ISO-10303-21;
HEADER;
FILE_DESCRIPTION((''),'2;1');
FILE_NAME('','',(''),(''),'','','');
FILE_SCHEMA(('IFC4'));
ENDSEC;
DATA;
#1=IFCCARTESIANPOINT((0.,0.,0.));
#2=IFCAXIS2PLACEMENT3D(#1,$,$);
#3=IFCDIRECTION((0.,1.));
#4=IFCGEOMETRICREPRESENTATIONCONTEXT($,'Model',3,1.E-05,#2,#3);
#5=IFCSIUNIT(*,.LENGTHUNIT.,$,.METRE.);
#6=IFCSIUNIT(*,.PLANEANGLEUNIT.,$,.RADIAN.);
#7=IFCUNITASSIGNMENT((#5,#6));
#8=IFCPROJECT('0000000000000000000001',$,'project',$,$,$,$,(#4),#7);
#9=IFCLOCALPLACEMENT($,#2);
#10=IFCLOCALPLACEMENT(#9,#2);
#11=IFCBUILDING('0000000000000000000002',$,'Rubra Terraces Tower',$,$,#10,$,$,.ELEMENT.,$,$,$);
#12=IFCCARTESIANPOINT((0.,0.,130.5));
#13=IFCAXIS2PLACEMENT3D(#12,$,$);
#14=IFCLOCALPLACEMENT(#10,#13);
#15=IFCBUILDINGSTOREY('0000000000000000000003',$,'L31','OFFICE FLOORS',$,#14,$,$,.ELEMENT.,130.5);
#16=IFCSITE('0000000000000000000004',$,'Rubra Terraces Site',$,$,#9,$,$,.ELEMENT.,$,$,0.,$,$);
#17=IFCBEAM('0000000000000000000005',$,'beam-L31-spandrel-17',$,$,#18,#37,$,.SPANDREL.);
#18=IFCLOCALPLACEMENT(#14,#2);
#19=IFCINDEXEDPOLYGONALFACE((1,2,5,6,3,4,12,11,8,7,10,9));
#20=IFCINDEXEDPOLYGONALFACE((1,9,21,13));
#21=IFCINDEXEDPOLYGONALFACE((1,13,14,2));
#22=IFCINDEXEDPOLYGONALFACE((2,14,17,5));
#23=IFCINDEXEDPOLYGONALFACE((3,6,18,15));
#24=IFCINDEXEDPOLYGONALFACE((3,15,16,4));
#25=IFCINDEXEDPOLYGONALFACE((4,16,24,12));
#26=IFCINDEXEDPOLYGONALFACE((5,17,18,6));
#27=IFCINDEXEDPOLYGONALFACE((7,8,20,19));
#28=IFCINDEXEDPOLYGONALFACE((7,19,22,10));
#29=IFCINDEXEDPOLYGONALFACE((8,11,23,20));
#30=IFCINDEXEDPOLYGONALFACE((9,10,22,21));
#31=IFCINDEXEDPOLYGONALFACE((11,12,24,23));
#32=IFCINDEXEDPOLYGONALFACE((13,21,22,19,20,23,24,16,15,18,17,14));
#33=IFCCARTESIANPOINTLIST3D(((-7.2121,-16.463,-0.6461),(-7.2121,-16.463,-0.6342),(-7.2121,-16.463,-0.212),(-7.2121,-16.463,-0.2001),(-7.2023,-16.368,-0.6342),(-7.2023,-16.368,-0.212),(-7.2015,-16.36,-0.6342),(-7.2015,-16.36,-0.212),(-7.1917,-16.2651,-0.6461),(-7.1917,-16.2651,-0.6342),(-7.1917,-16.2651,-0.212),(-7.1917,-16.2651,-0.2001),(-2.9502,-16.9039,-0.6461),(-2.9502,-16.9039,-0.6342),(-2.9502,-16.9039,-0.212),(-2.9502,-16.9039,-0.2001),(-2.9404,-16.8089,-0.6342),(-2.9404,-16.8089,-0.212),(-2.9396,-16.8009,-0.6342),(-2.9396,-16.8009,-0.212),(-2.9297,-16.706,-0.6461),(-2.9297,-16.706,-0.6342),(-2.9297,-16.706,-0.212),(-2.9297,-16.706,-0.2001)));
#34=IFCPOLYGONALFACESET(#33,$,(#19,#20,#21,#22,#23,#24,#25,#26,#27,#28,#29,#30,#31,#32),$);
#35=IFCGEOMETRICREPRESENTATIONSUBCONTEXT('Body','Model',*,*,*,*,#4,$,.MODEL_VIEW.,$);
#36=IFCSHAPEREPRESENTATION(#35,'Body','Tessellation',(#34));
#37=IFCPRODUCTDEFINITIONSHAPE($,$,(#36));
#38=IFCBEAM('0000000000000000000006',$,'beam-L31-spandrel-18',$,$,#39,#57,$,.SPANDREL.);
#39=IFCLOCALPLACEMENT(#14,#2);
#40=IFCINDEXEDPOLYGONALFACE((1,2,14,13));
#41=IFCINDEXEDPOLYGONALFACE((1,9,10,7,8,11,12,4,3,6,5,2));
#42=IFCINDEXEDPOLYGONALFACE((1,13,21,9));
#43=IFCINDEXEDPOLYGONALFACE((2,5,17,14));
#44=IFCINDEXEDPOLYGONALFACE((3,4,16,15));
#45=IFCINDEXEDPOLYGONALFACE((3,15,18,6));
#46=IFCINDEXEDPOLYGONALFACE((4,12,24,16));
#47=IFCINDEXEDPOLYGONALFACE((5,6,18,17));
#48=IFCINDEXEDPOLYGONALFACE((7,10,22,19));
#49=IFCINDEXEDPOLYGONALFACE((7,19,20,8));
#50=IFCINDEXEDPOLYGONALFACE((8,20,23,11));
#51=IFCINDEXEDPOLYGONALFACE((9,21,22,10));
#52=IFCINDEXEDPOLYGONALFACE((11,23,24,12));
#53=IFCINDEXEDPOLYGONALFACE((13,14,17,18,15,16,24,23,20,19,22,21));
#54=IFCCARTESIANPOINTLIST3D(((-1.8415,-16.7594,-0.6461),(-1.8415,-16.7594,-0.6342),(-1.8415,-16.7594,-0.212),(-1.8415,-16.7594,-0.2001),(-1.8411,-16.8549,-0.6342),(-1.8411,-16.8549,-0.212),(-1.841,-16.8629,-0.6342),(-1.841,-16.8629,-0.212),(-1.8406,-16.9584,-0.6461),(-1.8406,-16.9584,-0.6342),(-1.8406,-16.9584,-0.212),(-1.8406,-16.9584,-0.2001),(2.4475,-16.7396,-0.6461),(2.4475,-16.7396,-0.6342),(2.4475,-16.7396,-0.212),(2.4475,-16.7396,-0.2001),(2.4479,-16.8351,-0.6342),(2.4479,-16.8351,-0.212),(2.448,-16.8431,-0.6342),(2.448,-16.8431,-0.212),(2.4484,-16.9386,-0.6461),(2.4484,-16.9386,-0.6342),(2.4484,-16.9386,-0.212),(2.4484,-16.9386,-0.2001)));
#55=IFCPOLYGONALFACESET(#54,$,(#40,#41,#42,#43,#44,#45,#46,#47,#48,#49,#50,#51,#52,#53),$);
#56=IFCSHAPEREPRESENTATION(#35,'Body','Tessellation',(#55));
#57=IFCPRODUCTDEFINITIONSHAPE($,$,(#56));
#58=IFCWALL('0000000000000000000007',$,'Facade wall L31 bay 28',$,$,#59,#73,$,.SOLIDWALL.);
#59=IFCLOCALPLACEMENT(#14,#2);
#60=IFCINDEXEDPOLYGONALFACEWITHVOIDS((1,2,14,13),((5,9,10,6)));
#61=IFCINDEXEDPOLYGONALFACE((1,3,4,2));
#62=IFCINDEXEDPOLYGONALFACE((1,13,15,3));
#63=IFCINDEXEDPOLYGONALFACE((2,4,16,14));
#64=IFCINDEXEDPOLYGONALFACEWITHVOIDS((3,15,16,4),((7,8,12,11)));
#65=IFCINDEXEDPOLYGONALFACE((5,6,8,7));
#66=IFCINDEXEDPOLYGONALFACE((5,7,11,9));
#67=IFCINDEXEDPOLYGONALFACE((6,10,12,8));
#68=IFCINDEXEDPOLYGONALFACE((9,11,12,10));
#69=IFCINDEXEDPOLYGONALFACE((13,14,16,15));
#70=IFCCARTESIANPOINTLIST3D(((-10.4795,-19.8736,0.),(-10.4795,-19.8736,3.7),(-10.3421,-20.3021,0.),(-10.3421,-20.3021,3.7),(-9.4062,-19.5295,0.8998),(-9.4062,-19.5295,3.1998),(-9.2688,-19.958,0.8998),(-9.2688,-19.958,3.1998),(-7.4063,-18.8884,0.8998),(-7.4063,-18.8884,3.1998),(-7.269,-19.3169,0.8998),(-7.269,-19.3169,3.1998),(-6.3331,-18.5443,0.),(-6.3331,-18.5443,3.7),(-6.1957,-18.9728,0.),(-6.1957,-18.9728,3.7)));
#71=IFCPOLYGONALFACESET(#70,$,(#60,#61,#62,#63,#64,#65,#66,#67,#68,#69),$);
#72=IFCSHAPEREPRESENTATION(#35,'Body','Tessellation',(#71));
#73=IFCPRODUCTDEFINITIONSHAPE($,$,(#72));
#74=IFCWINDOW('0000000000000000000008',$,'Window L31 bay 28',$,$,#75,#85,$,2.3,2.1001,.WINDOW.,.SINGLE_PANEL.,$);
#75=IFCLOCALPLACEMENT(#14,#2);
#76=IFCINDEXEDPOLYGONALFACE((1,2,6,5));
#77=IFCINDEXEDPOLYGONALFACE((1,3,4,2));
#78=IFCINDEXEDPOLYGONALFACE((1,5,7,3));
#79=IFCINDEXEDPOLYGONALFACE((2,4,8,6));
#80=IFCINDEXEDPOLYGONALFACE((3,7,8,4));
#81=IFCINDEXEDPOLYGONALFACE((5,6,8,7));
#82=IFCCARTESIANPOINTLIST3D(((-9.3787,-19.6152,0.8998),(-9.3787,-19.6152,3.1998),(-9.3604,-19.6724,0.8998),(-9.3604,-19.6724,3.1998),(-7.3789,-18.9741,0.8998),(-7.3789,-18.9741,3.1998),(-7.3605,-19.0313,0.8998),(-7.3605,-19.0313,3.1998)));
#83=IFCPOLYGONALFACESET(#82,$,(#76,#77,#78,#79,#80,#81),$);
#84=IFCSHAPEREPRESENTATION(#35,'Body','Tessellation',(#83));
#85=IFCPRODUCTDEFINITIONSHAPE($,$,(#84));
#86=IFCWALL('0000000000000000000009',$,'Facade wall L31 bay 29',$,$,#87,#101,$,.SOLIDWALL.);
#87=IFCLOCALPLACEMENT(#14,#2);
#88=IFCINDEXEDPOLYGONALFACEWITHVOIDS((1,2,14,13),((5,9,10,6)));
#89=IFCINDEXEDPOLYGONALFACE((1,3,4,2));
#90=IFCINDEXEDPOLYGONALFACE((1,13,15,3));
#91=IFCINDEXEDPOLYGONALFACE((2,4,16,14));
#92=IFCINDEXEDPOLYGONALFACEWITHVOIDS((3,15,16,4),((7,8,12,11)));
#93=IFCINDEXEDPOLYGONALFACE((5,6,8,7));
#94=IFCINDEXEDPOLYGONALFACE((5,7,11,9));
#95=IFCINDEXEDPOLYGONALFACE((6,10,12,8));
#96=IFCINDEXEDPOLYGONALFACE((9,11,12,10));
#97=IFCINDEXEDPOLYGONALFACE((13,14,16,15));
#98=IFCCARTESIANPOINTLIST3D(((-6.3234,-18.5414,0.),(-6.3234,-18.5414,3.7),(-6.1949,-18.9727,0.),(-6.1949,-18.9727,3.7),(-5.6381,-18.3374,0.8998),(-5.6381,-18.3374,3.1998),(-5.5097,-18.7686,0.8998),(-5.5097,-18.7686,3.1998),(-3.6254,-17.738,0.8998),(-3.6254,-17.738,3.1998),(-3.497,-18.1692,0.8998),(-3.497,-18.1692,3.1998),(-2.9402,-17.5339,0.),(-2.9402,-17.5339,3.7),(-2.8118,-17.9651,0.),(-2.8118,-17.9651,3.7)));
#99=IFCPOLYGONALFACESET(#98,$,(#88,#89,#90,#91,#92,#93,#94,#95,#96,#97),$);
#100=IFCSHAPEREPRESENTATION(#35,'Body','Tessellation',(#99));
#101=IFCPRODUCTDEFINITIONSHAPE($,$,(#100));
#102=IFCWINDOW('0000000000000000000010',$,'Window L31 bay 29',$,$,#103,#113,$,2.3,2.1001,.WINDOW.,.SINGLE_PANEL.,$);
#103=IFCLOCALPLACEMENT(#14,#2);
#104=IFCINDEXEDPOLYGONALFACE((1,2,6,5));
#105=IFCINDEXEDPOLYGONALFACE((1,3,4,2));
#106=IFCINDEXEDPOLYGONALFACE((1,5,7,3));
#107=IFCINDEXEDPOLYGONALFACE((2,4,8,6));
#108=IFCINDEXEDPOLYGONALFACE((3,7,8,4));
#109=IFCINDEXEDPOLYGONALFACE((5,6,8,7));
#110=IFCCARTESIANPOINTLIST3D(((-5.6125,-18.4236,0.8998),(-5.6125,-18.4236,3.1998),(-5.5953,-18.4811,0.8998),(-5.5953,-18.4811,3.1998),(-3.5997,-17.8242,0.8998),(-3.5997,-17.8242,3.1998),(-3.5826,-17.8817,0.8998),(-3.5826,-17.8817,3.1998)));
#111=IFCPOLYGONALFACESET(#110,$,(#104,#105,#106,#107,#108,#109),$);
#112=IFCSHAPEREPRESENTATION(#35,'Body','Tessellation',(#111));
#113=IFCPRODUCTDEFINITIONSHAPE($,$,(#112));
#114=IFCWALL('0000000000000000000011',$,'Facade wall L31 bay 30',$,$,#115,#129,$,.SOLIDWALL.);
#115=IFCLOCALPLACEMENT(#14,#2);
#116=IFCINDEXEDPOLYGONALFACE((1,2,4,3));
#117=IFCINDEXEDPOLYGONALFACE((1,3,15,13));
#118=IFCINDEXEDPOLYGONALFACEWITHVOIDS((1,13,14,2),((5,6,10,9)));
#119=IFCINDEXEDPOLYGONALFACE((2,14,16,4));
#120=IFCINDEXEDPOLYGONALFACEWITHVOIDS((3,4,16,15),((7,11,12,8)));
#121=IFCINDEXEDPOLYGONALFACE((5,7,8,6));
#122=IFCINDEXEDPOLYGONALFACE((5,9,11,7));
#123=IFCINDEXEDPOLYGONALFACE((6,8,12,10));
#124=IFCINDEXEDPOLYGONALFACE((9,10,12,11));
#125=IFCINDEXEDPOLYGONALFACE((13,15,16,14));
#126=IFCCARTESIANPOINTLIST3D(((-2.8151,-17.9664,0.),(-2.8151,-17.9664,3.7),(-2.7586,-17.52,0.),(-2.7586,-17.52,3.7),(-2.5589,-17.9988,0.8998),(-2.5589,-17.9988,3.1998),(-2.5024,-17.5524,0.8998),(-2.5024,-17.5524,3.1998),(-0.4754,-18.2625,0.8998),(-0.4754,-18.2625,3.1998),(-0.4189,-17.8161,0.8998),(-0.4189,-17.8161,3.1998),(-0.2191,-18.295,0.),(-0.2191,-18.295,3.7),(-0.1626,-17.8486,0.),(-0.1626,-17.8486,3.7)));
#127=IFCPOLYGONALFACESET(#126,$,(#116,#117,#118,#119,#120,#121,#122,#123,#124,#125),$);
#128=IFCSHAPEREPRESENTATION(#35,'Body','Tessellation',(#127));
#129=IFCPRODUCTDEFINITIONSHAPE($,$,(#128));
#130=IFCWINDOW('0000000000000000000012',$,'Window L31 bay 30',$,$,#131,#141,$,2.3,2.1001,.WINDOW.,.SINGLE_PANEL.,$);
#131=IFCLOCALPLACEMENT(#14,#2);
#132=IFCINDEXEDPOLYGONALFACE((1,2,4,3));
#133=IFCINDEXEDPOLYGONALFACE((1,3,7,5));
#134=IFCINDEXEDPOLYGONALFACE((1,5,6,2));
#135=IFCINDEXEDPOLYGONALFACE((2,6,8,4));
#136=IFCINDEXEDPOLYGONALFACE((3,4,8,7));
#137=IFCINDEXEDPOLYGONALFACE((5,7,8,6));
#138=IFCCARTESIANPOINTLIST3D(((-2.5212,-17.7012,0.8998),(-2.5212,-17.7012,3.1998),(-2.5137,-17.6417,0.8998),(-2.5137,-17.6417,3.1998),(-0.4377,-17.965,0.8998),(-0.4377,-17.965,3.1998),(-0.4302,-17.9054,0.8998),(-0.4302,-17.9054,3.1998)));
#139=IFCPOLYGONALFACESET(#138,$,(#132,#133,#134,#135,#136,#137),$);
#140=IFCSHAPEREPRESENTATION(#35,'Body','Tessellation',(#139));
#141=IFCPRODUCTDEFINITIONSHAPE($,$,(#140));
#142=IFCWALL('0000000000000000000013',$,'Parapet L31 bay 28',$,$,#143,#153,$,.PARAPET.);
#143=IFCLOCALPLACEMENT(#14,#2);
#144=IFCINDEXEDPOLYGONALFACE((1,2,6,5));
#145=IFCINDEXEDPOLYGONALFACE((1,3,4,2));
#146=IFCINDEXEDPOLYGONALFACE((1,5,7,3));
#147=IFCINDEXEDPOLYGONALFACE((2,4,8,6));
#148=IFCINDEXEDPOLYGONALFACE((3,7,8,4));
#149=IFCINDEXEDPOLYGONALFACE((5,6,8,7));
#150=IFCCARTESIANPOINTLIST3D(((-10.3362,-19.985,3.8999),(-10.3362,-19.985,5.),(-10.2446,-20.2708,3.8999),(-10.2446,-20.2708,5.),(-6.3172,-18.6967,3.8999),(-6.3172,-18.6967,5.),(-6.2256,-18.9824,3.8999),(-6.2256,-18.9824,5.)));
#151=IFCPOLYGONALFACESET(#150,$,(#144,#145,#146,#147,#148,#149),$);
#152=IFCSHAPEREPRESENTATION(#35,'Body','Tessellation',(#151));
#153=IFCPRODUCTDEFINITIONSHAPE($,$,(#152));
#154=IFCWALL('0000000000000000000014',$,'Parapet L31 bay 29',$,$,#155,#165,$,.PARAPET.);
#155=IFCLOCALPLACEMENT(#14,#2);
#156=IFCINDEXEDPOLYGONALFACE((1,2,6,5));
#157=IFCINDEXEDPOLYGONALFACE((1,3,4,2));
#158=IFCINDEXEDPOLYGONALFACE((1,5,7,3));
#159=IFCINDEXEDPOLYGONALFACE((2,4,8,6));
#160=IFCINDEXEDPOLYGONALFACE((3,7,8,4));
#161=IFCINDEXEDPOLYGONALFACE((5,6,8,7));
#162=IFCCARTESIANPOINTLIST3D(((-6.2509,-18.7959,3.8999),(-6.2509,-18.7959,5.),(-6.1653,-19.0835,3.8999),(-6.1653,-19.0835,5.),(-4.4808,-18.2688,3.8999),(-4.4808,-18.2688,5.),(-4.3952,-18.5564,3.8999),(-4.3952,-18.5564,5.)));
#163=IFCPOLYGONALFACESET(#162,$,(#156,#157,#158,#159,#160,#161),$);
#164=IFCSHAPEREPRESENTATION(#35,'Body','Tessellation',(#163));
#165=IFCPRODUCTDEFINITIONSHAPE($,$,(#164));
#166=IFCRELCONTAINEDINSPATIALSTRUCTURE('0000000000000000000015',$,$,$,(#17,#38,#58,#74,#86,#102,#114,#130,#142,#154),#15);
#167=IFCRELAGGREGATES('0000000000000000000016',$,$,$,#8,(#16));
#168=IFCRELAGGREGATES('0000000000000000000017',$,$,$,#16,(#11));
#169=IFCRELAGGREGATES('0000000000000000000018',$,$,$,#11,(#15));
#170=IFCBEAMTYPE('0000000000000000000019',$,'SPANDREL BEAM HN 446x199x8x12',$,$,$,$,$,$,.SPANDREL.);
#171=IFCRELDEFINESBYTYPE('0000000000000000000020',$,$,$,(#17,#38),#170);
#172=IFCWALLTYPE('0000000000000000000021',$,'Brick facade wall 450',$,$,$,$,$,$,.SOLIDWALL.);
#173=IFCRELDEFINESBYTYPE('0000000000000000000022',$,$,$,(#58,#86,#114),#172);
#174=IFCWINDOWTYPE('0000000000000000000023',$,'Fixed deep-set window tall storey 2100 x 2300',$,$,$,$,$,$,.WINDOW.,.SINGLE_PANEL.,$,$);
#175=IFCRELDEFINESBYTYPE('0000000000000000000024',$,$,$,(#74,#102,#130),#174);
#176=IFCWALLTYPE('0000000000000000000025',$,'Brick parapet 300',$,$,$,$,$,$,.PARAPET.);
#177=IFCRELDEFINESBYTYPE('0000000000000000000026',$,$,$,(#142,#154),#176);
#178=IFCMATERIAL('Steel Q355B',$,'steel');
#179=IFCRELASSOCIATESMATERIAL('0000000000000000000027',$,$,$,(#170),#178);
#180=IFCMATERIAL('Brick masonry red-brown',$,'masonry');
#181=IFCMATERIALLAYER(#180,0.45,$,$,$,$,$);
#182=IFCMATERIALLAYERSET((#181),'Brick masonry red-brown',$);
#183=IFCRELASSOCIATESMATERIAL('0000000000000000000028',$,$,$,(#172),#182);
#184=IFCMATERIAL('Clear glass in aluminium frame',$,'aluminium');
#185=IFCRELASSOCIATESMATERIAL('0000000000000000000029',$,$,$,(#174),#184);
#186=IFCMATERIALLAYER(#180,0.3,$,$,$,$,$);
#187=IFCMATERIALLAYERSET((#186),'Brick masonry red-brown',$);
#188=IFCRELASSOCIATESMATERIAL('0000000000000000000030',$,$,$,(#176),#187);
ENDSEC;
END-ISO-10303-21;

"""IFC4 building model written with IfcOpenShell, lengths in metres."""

from ifc_helpers import new_model, si_unit, direction, frame, frame_2d, origin, origin_2d, place, context, subcontext, project, spatial, rectangle, i_section, extrude, material, layer, layer_set, material_profile, profile_set, type_object, element, fill, save


model = new_model("IFC4")

# Units and contexts
model_context = context("Model", 3, precision=1e-05, world=origin(), true_north=direction((0.0, 1.0)))
body_context = subcontext(model_context, "Body", "Model", "MODEL_VIEW")
ifc_project = project(units=[si_unit("LENGTHUNIT", "METRE"), si_unit("PLANEANGLEUNIT", "RADIAN")], contexts=[model_context])

# Site, building, storey
site_placement = place(None, origin())
site = spatial("IfcSite", under=ifc_project, at=site_placement, Name="Rubra Terraces Site", CompositionType="ELEMENT", RefElevation=0.0)
building_placement = place(site_placement, origin())
building = spatial("IfcBuilding", under=site, at=building_placement, Name="Rubra Terraces Tower", CompositionType="ELEMENT")
storey_placement = place(building_placement, frame((0.0, 0.0, 130.5)))
storey = spatial("IfcBuildingStorey", under=building, at=storey_placement, Name="L31", Description="OFFICE FLOORS", CompositionType="ELEMENT", Elevation=130.5)

# Beams
ifc_material_1 = material(Name="Steel Q355B", Category="steel")
ifc_material_profile_1 = material_profile(ifc_material_1, i_section(OverallWidth=0.199, OverallDepth=0.446, WebThickness=0.0081, FlangeThickness=0.012, at=origin_2d()), Name="HN 446x199x8x12")
ifc_profile_set_1 = profile_set([ifc_material_profile_1], Name="Steel Q355B")
beam_type_1 = type_object("IfcBeamType", Name="SPANDREL BEAM HN 446x199x8x12", PredefinedType="SPANDREL", material=ifc_profile_set_1)
beam_1_placement = place(storey_placement, frame((-7.2019, -16.364, -0.4231), z_axis=(0.994691, -0.102905, 0.0), x_axis=(0.102905, 0.994691, 0.0)))
element("IfcBeam", 1, at=beam_1_placement, inside=storey, type_object=beam_type_1, Name="beam-L31-spandrel-17", PredefinedType="SPANDREL", context=body_context, shape_type="SweptSolid", body=[
    extrude(i_section(OverallWidth=0.199, OverallDepth=0.446, WebThickness=0.0081, FlangeThickness=0.012, at=origin_2d()), origin(), (0.0, 0.0, 1.0), 4.2847),
])
beam_2_placement = place(storey_placement, frame((-1.8411, -16.8589, -0.4231), z_axis=(0.999989, 0.004611, 0.0), x_axis=(-0.004611, 0.999989, 0.0)))
element("IfcBeam", 2, at=beam_2_placement, inside=storey, type_object=beam_type_1, Name="beam-L31-spandrel-18", PredefinedType="SPANDREL", context=body_context, shape_type="SweptSolid", body=[
    extrude(i_section(OverallWidth=0.199, OverallDepth=0.446, WebThickness=0.0081, FlangeThickness=0.012, at=origin_2d()), origin(), (0.0, 0.0, 1.0), 4.2891),
])

# Walls, openings, windows
ifc_material_2 = material(Name="Brick masonry red-brown", Category="masonry")
ifc_layer_1 = layer(ifc_material_2, 0.45)
ifc_layer_set_1 = layer_set([ifc_layer_1], Name="Brick masonry red-brown")
wall_type_1 = type_object("IfcWallType", Name="Brick facade wall 450", PredefinedType="SOLIDWALL", material=ifc_layer_set_1)
wall_1_placement = place(storey_placement, frame((-10.4109, -20.0879, 0.0), z_axis=(0.0, 0.0, 1.0), x_axis=(0.952259, 0.30529, 0.0)))
wall_1 = element("IfcWall", 3, at=wall_1_placement, inside=storey, type_object=wall_type_1, Name="Facade wall L31 bay 28", PredefinedType="SOLIDWALL", context=body_context, shape_type="SweptSolid", body=[
    extrude(rectangle(XDim=4.3542, YDim=0.45, at=frame_2d((2.1772, 0.0))), origin(), (0.0, 0.0, 1.0), 3.7),
])
opening_1_placement = place(wall_1_placement, frame((1.1272, 0.0, 0.8999)))
opening_1 = element("IfcOpeningElement", 4, at=opening_1_placement, cuts=wall_1, PredefinedType="OPENING", context=body_context, shape_type="SweptSolid", body=[
    extrude(rectangle(XDim=2.1001, YDim=2.3, at=frame_2d((1.05, 1.1499))), frame((0.0, 0.2349, 0.0), z_axis=(0.0, -1.0, 0.0), x_axis=(1.0, 0.0, 0.0)), (0.0, 0.0, 1.0), 0.47),
])
ifc_material_3 = material(Name="Clear glass in aluminium frame", Category="aluminium")
window_type = type_object("IfcWindowType", Name="Fixed deep-set window tall storey 2100 x 2300", PartitioningType="SINGLE_PANEL", PredefinedType="WINDOW", material=ifc_material_3)
window_1_placement = place(opening_1_placement, origin())
window_1 = element("IfcWindow", 5, at=window_1_placement, inside=storey, type_object=window_type, Name="Window L31 bay 28", OverallHeight=2.3, OverallWidth=2.1001, PartitioningType="SINGLE_PANEL", PredefinedType="WINDOW", context=body_context, shape_type="SweptSolid", body=[
    extrude(rectangle(XDim=2.1001, YDim=2.3, at=frame_2d((1.05, 1.1499))), frame((0.0, 0.135, 0.0), z_axis=(0.0, -1.0, 0.0), x_axis=(1.0, 0.0, 0.0)), (0.0, 0.0, 1.0), 0.0601),
])
fill(opening_1, window_1)
wall_2_placement = place(storey_placement, frame((-6.2593, -18.7571, 0.0), z_axis=(0.0, 0.0, 1.0), x_axis=(0.958403, 0.285418, 0.0)))
wall_2 = element("IfcWall", 6, at=wall_2_placement, inside=storey, type_object=wall_type_1, Name="Facade wall L31 bay 29", PredefinedType="SOLIDWALL", context=body_context, shape_type="SweptSolid", body=[
    extrude(rectangle(XDim=3.53, YDim=0.45, at=frame_2d((1.7651, 0.0))), origin(), (0.0, 0.0, 1.0), 3.7),
])
opening_2_placement = place(wall_2_placement, frame((0.7151, 0.0, 0.8999)))
opening_2 = element("IfcOpeningElement", 7, at=opening_2_placement, cuts=wall_2, PredefinedType="OPENING", context=body_context, shape_type="SweptSolid", body=[
    extrude(rectangle(XDim=2.1001, YDim=2.3, at=frame_2d((1.05, 1.1499))), frame((0.0, 0.2349, 0.0), z_axis=(0.0, -1.0, 0.0), x_axis=(1.0, 0.0, 0.0)), (0.0, 0.0, 1.0), 0.47),
])
window_2_placement = place(opening_2_placement, origin())
window_2 = element("IfcWindow", 8, at=window_2_placement, inside=storey, type_object=window_type, Name="Window L31 bay 29", OverallHeight=2.3, OverallWidth=2.1001, PartitioningType="SINGLE_PANEL", PredefinedType="WINDOW", context=body_context, shape_type="SweptSolid", body=[
    extrude(rectangle(XDim=2.1001, YDim=2.3, at=frame_2d((1.05, 1.1499))), frame((0.0, 0.135, 0.0), z_axis=(0.0, -1.0, 0.0), x_axis=(1.0, 0.0, 0.0)), (0.0, 0.0, 1.0), 0.0601),
])
fill(opening_2, window_2)
wall_3_placement = place(storey_placement, frame((-2.7869, -17.7432, 0.0), z_axis=(0.0, 0.0, 1.0), x_axis=(0.992083, -0.125585, 0.0)))
wall_3 = element("IfcWall", 9, at=wall_3_placement, inside=storey, type_object=wall_type_1, Name="Facade wall L31 bay 30", PredefinedType="SOLIDWALL", context=body_context, shape_type="SweptSolid", body=[
    extrude(rectangle(XDim=2.6167, YDim=0.45, at=frame_2d((1.3083, 0.0))), origin(), (0.0, 0.0, 1.0), 3.7),
])
opening_3_placement = place(wall_3_placement, frame((0.2583, 0.0, 0.8999)))
opening_3 = element("IfcOpeningElement", 10, at=opening_3_placement, cuts=wall_3, PredefinedType="OPENING", context=body_context, shape_type="SweptSolid", body=[
    extrude(rectangle(XDim=2.1001, YDim=2.3, at=frame_2d((1.05, 1.1499))), frame((0.0, 0.2349, 0.0), z_axis=(0.0, -1.0, 0.0), x_axis=(1.0, 0.0, 0.0)), (0.0, 0.0, 1.0), 0.47),
])
window_3_placement = place(opening_3_placement, origin())
window_3 = element("IfcWindow", 11, at=window_3_placement, inside=storey, type_object=window_type, Name="Window L31 bay 30", OverallHeight=2.3, OverallWidth=2.1001, PartitioningType="SINGLE_PANEL", PredefinedType="WINDOW", context=body_context, shape_type="SweptSolid", body=[
    extrude(rectangle(XDim=2.1001, YDim=2.3, at=frame_2d((1.05, 1.1499))), frame((0.0, 0.135, 0.0), z_axis=(0.0, -1.0, 0.0), x_axis=(1.0, 0.0, 0.0)), (0.0, 0.0, 1.0), 0.0601),
])
fill(opening_3, window_3)

# Walls
ifc_layer_2 = layer(ifc_material_2, 0.3)
ifc_layer_set_2 = layer_set([ifc_layer_2], Name="Brick masonry red-brown")
wall_type_2 = type_object("IfcWallType", Name="Brick parapet 300", PredefinedType="PARAPET", material=ifc_layer_set_2)
wall_4_placement = place(storey_placement, frame((-10.2905, -20.1279, 3.8999), z_axis=(0.0, 0.0, 1.0), x_axis=(0.95227, 0.305256, 0.0)))
element("IfcWall", 12, at=wall_4_placement, inside=storey, type_object=wall_type_2, Name="Parapet L31 bay 28", PredefinedType="PARAPET", context=body_context, shape_type="SweptSolid", body=[
    extrude(rectangle(XDim=4.2205, YDim=0.3, at=frame_2d((2.1104, 0.0))), origin(), (0.0, 0.0, 1.0), 1.1001),
])
wall_5_placement = place(storey_placement, frame((-6.208, -18.9397, 3.8999), z_axis=(0.0, 0.0, 1.0), x_axis=(0.958406, 0.285407, 0.0)))
element("IfcWall", 13, at=wall_5_placement, inside=storey, type_object=wall_type_2, Name="Parapet L31 bay 29", PredefinedType="PARAPET", context=body_context, shape_type="SweptSolid", body=[
    extrude(rectangle(XDim=1.8469, YDim=0.3, at=frame_2d((0.9233, 0.0))), origin(), (0.0, 0.0, 1.0), 1.1001),
])

save(model, "model.ifc")
